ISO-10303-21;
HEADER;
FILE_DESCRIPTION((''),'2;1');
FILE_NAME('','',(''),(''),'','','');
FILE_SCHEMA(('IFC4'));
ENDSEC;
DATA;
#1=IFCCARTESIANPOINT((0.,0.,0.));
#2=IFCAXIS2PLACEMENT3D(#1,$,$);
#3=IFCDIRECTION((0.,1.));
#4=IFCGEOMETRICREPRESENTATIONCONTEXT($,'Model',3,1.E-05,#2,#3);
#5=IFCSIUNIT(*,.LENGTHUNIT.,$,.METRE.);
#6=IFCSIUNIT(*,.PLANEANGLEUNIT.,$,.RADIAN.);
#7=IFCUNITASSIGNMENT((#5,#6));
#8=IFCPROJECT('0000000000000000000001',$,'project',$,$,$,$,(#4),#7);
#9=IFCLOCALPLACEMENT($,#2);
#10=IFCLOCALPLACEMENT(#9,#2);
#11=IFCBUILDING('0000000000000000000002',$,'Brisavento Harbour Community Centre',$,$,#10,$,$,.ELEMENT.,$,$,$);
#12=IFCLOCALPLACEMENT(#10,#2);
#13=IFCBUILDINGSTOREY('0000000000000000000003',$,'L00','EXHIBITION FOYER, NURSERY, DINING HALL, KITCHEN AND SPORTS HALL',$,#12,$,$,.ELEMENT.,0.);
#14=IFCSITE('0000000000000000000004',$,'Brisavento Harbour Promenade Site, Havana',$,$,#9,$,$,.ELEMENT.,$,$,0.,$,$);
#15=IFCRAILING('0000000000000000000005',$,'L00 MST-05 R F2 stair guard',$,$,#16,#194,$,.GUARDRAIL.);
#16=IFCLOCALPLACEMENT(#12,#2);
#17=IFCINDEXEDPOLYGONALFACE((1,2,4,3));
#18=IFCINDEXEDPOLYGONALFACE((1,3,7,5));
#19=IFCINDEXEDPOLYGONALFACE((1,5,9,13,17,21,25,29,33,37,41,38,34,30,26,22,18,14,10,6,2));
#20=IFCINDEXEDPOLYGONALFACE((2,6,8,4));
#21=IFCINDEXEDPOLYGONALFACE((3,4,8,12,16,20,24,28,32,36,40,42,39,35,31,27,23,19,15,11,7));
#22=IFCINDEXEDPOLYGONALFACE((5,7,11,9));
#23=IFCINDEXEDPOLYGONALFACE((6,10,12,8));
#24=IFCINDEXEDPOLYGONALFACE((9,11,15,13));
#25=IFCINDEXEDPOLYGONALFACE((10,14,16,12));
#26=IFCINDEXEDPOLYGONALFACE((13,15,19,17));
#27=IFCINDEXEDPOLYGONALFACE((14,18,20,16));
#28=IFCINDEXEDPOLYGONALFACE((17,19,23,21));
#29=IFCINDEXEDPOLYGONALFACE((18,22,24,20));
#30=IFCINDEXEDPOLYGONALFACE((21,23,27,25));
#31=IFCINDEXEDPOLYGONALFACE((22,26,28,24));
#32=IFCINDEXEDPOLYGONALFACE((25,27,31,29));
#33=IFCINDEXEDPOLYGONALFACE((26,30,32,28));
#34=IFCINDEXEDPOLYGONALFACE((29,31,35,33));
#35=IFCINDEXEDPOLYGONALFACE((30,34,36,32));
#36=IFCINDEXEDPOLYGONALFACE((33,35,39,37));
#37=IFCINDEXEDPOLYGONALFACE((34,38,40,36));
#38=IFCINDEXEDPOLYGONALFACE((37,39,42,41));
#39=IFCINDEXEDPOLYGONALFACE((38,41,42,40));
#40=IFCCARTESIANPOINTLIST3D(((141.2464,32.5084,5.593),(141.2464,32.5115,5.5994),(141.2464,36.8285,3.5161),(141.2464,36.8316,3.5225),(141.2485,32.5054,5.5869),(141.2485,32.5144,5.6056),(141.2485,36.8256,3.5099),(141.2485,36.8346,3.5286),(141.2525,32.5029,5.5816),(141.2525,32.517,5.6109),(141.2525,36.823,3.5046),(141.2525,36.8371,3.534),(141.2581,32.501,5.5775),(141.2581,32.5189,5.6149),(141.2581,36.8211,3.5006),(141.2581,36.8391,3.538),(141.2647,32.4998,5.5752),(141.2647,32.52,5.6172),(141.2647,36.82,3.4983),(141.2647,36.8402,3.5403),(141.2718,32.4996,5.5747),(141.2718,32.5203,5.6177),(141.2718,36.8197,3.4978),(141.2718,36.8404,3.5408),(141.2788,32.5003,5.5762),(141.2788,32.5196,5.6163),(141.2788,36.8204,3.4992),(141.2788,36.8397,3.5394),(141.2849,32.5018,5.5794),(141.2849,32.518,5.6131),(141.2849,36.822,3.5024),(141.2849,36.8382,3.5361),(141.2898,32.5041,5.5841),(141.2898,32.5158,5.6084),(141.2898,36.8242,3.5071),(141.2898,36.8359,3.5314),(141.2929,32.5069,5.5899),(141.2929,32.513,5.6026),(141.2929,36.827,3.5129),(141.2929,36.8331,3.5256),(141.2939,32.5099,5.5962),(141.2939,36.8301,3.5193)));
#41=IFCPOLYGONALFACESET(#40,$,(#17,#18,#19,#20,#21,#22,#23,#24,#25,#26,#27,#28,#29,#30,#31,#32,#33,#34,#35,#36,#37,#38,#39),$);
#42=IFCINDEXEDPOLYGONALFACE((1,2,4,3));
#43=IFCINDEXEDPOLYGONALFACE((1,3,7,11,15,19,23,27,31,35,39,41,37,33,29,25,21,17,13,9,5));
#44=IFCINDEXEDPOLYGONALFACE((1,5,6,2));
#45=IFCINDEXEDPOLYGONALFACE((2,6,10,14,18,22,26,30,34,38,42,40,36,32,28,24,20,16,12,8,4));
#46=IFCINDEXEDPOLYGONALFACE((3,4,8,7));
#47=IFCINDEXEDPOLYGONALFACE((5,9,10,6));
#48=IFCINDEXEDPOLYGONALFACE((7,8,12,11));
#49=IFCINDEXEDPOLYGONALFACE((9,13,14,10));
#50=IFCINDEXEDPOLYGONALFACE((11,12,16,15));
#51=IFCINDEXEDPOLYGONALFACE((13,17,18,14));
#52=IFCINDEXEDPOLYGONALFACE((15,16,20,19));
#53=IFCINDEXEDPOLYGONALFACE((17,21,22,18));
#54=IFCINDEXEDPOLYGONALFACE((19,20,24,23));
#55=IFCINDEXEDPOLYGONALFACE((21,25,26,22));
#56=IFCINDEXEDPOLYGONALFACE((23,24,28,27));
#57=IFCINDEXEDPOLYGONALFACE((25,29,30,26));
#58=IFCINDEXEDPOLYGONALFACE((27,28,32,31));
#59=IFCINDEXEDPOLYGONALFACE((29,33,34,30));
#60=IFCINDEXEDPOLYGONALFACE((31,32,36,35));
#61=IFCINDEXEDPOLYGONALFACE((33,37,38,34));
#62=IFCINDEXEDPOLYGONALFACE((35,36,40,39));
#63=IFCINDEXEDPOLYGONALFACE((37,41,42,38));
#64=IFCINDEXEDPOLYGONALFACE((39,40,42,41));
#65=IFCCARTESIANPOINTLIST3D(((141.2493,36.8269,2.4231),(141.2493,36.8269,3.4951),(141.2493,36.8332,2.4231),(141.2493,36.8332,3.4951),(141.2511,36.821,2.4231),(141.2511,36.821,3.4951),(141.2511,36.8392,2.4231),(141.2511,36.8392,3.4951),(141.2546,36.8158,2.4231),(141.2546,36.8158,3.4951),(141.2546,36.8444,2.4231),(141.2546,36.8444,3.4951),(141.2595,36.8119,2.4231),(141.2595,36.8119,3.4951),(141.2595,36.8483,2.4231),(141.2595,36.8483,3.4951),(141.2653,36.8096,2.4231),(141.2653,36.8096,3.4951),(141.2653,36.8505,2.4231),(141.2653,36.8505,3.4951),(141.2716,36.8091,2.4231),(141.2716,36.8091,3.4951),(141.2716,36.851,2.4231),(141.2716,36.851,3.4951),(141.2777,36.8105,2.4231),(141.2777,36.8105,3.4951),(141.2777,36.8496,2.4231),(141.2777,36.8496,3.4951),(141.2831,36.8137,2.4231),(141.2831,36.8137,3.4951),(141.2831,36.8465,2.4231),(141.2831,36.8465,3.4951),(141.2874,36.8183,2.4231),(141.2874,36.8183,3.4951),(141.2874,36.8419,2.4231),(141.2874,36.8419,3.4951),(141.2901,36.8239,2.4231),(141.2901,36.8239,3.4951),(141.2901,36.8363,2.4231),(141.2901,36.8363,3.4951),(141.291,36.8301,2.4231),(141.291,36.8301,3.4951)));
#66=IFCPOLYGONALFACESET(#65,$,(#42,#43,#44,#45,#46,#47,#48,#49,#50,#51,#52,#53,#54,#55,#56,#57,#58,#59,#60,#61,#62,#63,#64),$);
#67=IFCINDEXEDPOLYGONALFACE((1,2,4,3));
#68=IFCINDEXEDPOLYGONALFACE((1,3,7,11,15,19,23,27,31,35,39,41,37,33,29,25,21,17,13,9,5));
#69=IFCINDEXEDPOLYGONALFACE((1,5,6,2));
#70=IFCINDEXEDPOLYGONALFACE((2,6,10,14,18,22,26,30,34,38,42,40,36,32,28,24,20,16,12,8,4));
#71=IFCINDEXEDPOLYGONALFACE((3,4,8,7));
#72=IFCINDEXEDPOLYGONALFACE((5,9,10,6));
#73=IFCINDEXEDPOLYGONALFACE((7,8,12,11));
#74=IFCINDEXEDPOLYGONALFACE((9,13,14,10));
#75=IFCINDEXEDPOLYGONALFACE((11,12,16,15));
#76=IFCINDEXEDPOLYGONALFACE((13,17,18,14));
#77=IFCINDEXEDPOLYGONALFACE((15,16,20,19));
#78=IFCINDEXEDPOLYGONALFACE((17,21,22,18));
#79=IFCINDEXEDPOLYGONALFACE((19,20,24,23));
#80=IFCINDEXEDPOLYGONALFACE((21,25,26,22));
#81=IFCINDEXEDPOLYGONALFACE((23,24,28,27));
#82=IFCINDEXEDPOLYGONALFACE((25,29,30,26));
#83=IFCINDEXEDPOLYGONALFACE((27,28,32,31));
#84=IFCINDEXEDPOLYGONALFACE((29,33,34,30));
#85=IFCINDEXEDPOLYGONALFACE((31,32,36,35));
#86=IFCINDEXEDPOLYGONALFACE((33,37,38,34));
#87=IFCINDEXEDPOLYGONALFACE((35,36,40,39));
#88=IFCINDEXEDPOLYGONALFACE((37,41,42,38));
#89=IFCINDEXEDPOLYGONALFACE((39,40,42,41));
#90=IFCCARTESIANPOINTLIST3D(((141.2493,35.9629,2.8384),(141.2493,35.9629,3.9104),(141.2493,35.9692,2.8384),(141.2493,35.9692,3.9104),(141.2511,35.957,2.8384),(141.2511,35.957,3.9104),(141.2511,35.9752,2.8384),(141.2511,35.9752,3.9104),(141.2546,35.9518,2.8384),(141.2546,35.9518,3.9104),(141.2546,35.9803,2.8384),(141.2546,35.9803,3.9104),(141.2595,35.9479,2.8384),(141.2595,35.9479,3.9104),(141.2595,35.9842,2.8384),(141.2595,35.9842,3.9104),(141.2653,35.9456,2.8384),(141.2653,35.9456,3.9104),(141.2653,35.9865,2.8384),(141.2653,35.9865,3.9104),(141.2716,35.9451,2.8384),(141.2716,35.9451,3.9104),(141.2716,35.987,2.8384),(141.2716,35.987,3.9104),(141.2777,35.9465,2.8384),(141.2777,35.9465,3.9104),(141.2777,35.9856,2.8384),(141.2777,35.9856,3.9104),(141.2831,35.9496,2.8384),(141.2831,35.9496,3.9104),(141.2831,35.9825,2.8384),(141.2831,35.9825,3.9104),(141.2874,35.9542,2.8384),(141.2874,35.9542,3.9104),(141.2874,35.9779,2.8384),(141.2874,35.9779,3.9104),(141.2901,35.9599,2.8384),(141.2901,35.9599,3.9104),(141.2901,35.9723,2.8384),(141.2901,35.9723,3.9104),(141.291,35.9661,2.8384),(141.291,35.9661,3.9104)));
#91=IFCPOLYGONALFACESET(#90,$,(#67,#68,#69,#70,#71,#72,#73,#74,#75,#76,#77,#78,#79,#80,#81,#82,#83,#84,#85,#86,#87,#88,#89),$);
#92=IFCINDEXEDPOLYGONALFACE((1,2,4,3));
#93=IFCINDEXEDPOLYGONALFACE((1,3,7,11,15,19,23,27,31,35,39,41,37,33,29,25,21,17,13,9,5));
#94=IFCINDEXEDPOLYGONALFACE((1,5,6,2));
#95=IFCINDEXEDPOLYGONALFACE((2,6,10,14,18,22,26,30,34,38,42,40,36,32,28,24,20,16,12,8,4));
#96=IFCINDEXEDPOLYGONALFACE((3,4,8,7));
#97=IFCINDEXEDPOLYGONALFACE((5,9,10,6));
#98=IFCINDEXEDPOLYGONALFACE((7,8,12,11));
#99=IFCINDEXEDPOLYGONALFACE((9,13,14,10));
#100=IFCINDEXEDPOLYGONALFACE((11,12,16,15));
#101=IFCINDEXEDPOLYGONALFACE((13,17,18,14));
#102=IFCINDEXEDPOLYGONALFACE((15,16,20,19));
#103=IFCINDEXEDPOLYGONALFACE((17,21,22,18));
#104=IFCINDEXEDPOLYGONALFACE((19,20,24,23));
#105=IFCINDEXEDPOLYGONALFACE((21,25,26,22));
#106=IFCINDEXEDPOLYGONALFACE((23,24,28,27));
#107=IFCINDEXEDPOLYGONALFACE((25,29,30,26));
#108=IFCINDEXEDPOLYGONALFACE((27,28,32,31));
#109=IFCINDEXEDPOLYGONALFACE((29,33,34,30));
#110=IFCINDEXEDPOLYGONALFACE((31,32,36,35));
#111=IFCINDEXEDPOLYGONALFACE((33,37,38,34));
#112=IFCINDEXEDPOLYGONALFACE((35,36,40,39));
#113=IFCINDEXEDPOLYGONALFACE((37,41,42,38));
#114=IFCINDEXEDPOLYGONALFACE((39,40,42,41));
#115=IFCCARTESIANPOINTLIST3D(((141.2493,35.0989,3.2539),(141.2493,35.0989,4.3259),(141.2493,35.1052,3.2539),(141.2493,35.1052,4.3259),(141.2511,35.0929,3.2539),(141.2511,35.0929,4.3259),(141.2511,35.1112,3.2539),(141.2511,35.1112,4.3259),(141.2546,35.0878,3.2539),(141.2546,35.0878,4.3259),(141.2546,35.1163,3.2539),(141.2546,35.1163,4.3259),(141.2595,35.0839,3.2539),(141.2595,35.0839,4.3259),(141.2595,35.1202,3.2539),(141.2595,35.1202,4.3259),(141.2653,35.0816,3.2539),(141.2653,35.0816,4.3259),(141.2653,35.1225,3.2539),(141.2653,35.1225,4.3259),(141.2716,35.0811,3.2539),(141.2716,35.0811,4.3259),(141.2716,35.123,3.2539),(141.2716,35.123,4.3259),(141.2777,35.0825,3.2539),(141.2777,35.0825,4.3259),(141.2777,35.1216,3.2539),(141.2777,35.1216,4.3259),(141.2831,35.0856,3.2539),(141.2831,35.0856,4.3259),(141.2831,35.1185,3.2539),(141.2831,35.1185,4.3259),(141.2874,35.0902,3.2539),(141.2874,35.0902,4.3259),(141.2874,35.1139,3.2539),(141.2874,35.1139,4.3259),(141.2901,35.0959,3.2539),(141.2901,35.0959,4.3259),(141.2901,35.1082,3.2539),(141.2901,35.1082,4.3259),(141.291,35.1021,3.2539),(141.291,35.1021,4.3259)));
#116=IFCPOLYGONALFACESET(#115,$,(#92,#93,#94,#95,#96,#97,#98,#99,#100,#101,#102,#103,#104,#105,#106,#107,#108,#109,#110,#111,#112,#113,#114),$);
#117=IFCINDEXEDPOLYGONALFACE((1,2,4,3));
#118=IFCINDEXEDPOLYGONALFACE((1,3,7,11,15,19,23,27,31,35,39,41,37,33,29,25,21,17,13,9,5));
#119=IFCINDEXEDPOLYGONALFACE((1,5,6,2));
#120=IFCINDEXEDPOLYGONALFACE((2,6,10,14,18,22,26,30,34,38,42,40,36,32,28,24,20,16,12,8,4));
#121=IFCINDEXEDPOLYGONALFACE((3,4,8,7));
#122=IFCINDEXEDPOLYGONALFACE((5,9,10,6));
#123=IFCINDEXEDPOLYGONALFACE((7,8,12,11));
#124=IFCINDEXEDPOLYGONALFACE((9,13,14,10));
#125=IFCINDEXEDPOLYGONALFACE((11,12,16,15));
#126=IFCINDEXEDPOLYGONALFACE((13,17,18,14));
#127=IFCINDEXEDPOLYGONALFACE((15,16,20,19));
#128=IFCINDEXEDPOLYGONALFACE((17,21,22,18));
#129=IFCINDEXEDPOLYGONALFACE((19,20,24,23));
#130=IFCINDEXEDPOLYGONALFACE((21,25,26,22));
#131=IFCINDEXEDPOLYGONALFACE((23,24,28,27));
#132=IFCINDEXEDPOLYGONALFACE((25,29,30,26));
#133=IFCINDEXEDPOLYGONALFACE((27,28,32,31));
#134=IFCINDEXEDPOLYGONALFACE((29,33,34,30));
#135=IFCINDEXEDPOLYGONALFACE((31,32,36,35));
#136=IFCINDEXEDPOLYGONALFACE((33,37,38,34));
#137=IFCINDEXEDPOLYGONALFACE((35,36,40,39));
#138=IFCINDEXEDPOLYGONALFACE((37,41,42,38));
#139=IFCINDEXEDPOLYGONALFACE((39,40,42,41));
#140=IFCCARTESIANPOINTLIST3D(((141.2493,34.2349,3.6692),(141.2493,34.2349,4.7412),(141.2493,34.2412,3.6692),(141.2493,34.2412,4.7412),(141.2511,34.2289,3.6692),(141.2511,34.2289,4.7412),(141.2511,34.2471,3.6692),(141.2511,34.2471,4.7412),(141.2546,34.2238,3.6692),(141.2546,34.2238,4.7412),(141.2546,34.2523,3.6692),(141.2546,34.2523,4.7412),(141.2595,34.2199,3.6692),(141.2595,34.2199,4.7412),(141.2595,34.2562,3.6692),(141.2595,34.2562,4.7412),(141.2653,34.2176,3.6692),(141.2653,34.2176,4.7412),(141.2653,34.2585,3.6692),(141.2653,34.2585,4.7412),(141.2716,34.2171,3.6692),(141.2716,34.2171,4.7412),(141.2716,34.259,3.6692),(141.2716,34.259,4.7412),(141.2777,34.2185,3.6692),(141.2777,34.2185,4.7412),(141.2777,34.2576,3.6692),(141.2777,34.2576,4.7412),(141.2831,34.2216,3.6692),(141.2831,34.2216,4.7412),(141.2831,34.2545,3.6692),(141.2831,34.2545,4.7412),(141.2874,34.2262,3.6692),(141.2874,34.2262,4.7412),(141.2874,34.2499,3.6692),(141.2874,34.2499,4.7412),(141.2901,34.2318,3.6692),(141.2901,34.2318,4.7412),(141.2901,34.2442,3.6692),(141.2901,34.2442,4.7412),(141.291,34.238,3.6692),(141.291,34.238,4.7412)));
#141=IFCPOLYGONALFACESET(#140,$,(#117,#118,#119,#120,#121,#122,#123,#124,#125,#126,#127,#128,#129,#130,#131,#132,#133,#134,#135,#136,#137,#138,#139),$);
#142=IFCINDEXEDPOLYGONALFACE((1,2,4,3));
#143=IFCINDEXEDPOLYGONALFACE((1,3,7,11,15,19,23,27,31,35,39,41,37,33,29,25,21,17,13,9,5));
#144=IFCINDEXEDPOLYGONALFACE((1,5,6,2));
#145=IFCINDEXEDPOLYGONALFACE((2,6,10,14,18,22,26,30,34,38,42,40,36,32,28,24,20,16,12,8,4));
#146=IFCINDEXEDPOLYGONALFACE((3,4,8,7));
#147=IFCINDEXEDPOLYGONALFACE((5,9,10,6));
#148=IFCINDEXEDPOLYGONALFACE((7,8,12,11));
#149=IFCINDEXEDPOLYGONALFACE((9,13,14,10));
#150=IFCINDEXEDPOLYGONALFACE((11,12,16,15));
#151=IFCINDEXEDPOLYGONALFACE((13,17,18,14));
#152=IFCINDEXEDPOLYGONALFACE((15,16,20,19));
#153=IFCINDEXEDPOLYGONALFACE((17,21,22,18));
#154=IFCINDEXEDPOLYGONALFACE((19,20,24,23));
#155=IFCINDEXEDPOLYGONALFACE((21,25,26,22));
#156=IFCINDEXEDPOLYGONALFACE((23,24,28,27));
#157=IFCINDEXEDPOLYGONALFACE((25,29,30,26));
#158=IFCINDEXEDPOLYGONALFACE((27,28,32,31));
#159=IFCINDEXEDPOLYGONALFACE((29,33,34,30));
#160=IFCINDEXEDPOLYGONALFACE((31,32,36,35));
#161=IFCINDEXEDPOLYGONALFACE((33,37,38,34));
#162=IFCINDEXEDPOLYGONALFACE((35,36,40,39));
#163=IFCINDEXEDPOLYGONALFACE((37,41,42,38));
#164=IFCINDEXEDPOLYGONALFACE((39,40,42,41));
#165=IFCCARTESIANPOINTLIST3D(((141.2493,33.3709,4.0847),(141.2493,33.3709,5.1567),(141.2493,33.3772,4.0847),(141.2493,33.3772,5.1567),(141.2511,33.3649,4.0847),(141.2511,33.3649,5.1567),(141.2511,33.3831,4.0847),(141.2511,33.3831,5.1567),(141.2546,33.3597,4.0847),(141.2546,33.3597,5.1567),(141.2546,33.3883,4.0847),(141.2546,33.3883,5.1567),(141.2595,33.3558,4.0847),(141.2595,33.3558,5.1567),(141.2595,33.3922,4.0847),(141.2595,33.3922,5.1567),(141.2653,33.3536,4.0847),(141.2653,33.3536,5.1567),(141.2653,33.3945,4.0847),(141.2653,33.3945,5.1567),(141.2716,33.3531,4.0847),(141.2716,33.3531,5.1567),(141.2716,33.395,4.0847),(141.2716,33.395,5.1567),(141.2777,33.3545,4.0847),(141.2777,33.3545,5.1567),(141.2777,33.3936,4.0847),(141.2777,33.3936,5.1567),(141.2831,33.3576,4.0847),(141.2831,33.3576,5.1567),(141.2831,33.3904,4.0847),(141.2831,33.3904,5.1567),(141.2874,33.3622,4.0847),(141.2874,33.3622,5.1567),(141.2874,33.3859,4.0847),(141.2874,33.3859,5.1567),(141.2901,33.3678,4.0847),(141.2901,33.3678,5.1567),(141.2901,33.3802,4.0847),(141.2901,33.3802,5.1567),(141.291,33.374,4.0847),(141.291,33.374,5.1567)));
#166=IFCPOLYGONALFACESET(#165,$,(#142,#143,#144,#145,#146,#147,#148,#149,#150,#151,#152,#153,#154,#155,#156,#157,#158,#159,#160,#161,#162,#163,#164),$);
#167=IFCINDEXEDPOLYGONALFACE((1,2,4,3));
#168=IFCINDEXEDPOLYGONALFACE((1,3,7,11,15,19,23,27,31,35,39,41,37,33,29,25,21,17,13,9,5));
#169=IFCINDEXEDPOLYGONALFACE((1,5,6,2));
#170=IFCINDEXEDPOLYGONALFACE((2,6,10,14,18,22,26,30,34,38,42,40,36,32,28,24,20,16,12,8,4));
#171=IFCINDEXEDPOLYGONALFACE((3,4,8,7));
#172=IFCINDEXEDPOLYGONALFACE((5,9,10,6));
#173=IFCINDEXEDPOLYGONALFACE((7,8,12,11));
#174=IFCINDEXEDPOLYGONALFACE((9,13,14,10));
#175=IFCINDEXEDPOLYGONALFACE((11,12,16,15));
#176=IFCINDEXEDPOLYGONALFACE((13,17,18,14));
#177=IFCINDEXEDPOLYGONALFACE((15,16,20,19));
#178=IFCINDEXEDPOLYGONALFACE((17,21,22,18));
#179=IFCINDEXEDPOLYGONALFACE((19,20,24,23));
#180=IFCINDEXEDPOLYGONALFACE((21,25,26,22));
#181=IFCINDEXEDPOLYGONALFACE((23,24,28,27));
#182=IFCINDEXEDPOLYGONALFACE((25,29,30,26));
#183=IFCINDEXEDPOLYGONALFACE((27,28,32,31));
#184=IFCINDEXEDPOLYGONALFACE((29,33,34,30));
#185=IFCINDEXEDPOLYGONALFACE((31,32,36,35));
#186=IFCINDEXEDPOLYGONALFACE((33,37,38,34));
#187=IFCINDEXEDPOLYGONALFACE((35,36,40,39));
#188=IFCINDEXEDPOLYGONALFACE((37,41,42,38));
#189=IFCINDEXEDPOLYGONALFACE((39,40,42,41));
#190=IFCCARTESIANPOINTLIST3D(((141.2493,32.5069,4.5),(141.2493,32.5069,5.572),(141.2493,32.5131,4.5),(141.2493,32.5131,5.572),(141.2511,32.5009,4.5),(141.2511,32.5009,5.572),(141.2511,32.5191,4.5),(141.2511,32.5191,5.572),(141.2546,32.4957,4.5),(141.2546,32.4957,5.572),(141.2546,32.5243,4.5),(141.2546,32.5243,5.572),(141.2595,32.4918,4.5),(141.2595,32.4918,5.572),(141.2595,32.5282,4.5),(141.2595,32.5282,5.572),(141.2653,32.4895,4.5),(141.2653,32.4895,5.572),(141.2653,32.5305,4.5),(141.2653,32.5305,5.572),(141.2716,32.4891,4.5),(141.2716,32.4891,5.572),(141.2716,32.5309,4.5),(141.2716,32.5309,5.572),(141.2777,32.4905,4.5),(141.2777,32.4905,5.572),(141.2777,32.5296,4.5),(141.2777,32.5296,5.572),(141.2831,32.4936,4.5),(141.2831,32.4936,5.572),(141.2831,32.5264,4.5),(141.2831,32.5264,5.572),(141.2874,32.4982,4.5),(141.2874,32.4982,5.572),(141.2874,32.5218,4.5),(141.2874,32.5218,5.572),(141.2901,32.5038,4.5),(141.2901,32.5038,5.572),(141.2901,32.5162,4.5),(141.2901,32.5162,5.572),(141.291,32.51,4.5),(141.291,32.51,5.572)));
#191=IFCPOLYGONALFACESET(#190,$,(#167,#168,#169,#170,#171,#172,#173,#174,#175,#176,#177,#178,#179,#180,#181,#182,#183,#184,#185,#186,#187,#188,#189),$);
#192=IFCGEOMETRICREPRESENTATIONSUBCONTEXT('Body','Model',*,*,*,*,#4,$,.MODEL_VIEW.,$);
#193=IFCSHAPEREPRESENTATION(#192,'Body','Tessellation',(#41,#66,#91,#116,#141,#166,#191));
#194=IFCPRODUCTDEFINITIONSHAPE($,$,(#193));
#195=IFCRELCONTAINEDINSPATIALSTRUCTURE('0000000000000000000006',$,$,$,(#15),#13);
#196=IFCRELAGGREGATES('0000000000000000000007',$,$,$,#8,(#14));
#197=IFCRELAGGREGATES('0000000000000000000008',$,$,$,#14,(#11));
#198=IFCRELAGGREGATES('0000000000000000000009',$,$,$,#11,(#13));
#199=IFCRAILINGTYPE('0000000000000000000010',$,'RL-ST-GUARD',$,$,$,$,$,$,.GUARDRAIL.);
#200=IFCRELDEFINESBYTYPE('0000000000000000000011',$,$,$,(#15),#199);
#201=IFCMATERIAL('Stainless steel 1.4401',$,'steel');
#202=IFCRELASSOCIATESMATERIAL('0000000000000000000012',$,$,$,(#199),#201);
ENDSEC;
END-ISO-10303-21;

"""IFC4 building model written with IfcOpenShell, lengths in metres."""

from ifc_helpers import new_model, si_unit, direction, frame, origin, origin_2d, place, context, subcontext, project, spatial, circle, extrude, material, type_object, element, save


model = new_model("IFC4")

# Units and contexts
model_context = context("Model", 3, precision=1e-05, world=origin(), true_north=direction((0.0, 1.0)))
body_context = subcontext(model_context, "Body", "Model", "MODEL_VIEW")
ifc_project = project(units=[si_unit("LENGTHUNIT", "METRE"), si_unit("PLANEANGLEUNIT", "RADIAN")], contexts=[model_context])

# Site, building, storey
site_placement = place(None, origin())
site = spatial("IfcSite", under=ifc_project, at=site_placement, Name="Brisavento Harbour Promenade Site, Havana", CompositionType="ELEMENT", RefElevation=0.0)
building_placement = place(site_placement, origin())
building = spatial("IfcBuilding", under=site, at=building_placement, Name="Brisavento Harbour Community Centre", CompositionType="ELEMENT")
storey_placement = place(building_placement, origin())
storey = spatial("IfcBuildingStorey", under=building, at=storey_placement, Name="L00", Description="EXHIBITION FOYER, NURSERY, DINING HALL, KITCHEN AND SPORTS HALL", CompositionType="ELEMENT", Elevation=0.0)

# Railing
ifc_material_1 = material(Name="Stainless steel 1.4401", Category="steel")
railing_type = type_object("IfcRailingType", Name="RL-ST-GUARD", PredefinedType="GUARDRAIL", material=ifc_material_1)
railing_1_placement = place(storey_placement, frame((141.27, 36.8301, 2.4231)))
element("IfcRailing", 1, at=railing_1_placement, inside=storey, type_object=railing_type, Name="L00 MST-05 R F2 stair guard", PredefinedType="GUARDRAIL", context=body_context, shape_type="SweptSolid", body=[
    extrude(circle(Radius=0.0239, at=origin_2d()), frame((0.0, 0.0, 1.0962), z_axis=(0.0, -0.901257, 0.433286), x_axis=(1.0, 0.0, 0.0)), (0.0, 0.0, 1.0), 4.7935),
    extrude(circle(Radius=0.021, at=origin_2d()), origin(), (0.0, 0.0, 1.0), 1.072),
    extrude(circle(Radius=0.021, at=origin_2d()), frame((0.0, -0.864, 0.4153)), (0.0, 0.0, 1.0), 1.072),
    extrude(circle(Radius=0.021, at=origin_2d()), frame((0.0, -1.728, 0.8308)), (0.0, 0.0, 1.0), 1.072),
    extrude(circle(Radius=0.021, at=origin_2d()), frame((0.0, -2.592, 1.2461)), (0.0, 0.0, 1.0), 1.072),
    extrude(circle(Radius=0.021, at=origin_2d()), frame((0.0, -3.4561, 1.6616)), (0.0, 0.0, 1.0), 1.072),
    extrude(circle(Radius=0.021, at=origin_2d()), frame((0.0, -4.3201, 2.0769)), (0.0, 0.0, 1.0), 1.072),
])

save(model, "model.ifc")
